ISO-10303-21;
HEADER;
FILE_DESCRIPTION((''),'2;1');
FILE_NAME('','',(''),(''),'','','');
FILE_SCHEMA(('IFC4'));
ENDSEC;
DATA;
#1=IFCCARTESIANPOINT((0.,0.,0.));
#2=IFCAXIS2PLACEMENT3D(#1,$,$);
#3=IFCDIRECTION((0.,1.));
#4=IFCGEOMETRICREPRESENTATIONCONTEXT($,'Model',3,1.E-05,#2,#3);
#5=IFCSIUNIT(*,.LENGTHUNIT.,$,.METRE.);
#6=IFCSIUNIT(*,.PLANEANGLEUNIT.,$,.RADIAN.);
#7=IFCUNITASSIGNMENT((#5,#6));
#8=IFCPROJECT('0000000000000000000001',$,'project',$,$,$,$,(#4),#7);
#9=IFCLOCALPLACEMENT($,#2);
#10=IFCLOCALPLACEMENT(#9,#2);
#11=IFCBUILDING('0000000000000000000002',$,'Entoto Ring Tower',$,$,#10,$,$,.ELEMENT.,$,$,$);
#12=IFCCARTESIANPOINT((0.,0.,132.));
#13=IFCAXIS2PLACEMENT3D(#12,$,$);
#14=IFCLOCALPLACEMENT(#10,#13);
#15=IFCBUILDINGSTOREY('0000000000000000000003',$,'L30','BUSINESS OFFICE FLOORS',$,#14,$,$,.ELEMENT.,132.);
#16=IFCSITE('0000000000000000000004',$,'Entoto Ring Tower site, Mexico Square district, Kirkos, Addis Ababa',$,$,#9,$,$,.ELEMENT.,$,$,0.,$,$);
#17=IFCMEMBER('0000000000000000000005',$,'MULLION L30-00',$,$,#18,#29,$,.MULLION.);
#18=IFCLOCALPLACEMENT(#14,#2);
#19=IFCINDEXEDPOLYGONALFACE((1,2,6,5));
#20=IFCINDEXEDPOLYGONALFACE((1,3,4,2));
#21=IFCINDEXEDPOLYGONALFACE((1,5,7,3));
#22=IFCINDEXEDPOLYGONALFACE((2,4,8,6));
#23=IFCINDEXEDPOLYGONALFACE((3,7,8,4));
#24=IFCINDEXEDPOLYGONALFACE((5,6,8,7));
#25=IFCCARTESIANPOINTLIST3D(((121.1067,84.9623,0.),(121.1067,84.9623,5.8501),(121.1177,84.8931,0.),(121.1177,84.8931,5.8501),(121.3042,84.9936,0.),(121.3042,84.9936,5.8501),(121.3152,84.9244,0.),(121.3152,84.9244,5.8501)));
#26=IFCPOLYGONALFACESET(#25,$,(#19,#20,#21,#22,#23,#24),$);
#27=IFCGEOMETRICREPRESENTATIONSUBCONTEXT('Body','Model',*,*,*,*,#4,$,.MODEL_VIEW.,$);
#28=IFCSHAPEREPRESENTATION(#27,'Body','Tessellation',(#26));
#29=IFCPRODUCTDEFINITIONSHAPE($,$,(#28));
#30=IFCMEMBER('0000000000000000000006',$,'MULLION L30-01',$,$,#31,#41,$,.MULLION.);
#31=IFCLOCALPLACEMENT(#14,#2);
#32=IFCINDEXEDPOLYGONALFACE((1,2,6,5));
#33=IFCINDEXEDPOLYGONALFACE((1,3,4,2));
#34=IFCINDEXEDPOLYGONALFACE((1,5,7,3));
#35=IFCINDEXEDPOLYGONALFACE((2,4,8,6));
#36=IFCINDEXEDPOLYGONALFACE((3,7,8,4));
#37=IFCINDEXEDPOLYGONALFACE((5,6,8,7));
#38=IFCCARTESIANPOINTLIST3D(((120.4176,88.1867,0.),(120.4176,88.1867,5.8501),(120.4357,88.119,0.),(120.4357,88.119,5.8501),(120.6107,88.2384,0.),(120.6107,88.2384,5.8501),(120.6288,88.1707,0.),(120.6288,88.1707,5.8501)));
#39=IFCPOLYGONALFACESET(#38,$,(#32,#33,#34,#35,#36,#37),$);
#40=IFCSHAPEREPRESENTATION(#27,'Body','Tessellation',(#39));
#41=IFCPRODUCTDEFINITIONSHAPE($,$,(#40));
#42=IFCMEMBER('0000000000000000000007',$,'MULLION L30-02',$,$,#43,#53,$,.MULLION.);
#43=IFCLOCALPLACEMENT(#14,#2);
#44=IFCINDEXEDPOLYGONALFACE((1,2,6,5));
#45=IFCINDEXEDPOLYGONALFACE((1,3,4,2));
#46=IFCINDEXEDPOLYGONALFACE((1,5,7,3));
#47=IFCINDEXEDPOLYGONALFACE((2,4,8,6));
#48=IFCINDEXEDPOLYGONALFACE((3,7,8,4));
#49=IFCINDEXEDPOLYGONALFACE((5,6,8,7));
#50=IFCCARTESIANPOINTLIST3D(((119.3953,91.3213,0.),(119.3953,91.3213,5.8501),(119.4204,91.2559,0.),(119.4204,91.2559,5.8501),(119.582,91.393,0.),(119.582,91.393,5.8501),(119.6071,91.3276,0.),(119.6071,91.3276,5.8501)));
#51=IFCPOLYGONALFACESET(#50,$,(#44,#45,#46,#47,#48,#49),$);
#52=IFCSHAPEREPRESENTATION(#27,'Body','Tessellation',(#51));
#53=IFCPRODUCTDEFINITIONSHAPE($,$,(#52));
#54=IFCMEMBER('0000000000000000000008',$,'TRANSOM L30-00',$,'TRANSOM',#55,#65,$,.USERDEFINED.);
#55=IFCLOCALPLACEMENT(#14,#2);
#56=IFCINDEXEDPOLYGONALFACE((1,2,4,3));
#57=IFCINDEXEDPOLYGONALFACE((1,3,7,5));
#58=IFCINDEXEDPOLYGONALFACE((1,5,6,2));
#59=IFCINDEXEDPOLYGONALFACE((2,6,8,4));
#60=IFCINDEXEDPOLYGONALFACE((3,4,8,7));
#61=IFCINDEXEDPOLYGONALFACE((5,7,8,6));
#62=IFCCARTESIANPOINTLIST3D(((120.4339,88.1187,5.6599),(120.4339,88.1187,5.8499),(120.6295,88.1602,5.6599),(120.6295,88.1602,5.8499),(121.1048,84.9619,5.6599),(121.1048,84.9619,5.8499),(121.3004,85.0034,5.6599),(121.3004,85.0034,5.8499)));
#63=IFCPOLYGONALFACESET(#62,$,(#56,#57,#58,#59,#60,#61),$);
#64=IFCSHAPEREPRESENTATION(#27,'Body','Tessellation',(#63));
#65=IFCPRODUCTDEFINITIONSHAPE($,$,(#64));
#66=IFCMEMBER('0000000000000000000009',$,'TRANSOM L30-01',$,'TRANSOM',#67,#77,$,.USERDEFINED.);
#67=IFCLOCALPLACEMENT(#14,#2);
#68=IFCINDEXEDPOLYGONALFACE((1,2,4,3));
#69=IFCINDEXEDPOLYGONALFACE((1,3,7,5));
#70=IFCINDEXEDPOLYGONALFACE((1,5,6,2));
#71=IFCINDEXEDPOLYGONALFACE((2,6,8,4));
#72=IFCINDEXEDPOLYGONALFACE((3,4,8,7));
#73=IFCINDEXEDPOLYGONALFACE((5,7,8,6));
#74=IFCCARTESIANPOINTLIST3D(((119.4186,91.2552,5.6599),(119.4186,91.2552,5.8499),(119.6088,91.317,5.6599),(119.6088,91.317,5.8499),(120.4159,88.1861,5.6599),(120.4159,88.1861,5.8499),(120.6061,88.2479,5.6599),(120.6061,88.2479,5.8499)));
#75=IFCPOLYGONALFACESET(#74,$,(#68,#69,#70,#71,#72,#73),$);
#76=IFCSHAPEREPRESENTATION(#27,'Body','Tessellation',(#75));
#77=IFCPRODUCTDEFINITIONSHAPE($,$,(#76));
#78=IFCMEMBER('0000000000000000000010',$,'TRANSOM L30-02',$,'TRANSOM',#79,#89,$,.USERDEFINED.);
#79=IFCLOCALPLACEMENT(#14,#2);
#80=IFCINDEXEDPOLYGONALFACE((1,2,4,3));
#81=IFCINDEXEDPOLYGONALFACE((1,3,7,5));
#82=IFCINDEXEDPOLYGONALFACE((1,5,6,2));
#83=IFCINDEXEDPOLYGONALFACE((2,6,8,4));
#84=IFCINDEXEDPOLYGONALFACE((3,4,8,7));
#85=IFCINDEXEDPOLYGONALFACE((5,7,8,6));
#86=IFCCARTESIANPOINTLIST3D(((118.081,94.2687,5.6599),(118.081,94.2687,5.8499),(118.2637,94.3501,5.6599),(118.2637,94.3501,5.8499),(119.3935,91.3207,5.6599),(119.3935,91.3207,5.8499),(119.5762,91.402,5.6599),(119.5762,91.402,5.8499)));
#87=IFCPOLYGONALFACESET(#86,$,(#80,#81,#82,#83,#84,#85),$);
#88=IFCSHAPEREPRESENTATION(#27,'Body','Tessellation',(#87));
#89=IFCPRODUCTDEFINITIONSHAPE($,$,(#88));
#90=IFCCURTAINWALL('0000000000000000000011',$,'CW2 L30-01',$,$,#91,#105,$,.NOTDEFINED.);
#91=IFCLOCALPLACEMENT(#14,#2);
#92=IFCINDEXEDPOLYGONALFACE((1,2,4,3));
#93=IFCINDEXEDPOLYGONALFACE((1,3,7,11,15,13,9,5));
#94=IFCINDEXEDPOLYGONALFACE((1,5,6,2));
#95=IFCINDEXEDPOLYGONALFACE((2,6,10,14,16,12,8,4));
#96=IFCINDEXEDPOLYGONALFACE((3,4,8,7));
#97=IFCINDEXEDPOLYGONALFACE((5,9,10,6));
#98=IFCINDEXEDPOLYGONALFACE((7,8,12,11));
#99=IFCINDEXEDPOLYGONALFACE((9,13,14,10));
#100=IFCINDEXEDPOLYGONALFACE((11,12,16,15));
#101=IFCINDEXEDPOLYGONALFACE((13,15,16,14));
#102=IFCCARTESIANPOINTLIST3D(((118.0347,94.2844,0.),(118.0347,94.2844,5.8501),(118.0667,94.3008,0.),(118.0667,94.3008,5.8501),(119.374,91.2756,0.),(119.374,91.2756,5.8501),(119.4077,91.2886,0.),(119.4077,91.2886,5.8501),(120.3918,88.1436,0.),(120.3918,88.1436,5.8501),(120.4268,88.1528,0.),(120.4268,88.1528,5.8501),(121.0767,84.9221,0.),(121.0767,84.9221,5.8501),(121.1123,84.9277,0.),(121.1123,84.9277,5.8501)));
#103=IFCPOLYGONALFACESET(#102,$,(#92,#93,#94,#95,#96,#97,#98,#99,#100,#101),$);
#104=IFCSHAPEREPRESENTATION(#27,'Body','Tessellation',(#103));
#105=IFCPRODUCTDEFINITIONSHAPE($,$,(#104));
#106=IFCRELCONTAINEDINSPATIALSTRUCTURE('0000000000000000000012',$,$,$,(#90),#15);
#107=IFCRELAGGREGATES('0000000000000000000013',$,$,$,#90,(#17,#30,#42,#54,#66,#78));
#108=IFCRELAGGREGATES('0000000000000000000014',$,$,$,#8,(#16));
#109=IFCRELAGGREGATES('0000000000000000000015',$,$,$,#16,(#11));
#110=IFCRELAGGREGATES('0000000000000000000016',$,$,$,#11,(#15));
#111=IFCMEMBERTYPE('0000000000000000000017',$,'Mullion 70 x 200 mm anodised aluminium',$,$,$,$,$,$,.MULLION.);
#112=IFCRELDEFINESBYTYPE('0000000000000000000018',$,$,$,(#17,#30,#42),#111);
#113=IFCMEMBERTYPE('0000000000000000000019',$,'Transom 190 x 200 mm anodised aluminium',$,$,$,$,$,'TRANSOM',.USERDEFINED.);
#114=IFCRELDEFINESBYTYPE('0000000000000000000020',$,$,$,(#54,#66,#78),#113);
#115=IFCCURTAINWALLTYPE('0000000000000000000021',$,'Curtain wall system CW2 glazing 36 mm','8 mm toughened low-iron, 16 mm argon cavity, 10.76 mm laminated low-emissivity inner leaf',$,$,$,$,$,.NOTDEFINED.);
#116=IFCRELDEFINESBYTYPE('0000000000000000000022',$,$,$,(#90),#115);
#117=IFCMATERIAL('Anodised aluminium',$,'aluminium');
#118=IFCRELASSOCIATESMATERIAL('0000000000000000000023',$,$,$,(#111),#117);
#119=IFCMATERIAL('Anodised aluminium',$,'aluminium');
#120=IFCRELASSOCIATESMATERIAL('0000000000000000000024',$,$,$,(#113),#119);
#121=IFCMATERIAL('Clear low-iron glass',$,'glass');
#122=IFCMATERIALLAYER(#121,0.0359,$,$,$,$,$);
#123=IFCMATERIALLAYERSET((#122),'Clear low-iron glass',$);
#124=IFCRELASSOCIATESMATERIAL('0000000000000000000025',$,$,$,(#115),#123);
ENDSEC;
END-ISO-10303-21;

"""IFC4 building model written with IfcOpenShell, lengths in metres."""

from ifc_helpers import new_model, si_unit, direction, frame, origin, origin_2d, place, context, subcontext, project, spatial, polyline, rectangle, outline, extrude, material, layer, layer_set, material_profile, profile_set, type_object, element, aggregate, save


model = new_model("IFC4")

# Units and contexts
model_context = context("Model", 3, precision=1e-05, world=origin(), true_north=direction((0.0, 1.0)))
body_context = subcontext(model_context, "Body", "Model", "MODEL_VIEW")
ifc_project = project(units=[si_unit("LENGTHUNIT", "METRE"), si_unit("PLANEANGLEUNIT", "RADIAN")], contexts=[model_context])

# Members
ifc_material_1 = material(Name="Anodised aluminium", Category="aluminium")
ifc_material_profile_1 = material_profile(ifc_material_1, rectangle(XDim=0.0701, YDim=0.2, at=origin_2d()), Name="Mullion 70 x 200 mm anodised aluminium")
ifc_profile_set_1 = profile_set([ifc_material_profile_1], Name="Anodised aluminium")
member_type_1 = type_object("IfcMemberType", Name="Mullion 70 x 200 mm anodised aluminium", PredefinedType="MULLION", material=ifc_profile_set_1)
site_placement = place(None, origin())
building_placement = place(site_placement, origin())
storey_placement = place(building_placement, frame((0.0, 0.0, 132.0)))
member_1_placement = place(storey_placement, frame((121.2109, 84.9434, 0.0), z_axis=(0.0, 0.0, 1.0), x_axis=(-0.156434, 0.987688, 0.0)))
member_1 = element("IfcMember", 1, at=member_1_placement, type_object=member_type_1, Name="MULLION L30-00", PredefinedType="MULLION", context=body_context, shape_type="SweptSolid", body=[
    extrude(rectangle(XDim=0.0701, YDim=0.2, at=origin_2d()), origin(), (0.0, 0.0, 1.0), 5.8501),
])
member_2_placement = place(storey_placement, frame((120.5232, 88.1787, 0.0), z_axis=(0.0, 0.0, 1.0), x_axis=(-0.258819, 0.965926, 0.0)))
member_2 = element("IfcMember", 2, at=member_2_placement, type_object=member_type_1, Name="MULLION L30-01", PredefinedType="MULLION", context=body_context, shape_type="SweptSolid", body=[
    extrude(rectangle(XDim=0.0701, YDim=0.2, at=origin_2d()), origin(), (0.0, 0.0, 1.0), 5.8501),
])
member_3_placement = place(storey_placement, frame((119.5012, 91.3245, 0.0), z_axis=(0.0, 0.0, 1.0), x_axis=(-0.358368, 0.93358, 0.0)))
member_3 = element("IfcMember", 3, at=member_3_placement, type_object=member_type_1, Name="MULLION L30-02", PredefinedType="MULLION", context=body_context, shape_type="SweptSolid", body=[
    extrude(rectangle(XDim=0.0701, YDim=0.2, at=origin_2d()), origin(), (0.0, 0.0, 1.0), 5.8501),
])
ifc_material_2 = material(Name="Anodised aluminium", Category="aluminium")
ifc_material_profile_2 = material_profile(ifc_material_2, rectangle(XDim=0.2, YDim=0.1899, at=origin_2d()), Name="Transom 190 x 200 mm anodised aluminium")
ifc_profile_set_2 = profile_set([ifc_material_profile_2], Name="Anodised aluminium")
member_type_2 = type_object("IfcMemberType", Name="Transom 190 x 200 mm anodised aluminium", ElementType="TRANSOM", PredefinedType="USERDEFINED", material=ifc_profile_set_2)
member_4_placement = place(storey_placement, frame((121.2026, 84.9827, 5.7549), z_axis=(-0.207886, 0.978153, 0.0), x_axis=(-0.978153, -0.207886, 0.0)))
member_4 = element("IfcMember", 4, at=member_4_placement, type_object=member_type_2, Name="TRANSOM L30-00", ObjectType="TRANSOM", PredefinedType="USERDEFINED", context=body_context, shape_type="SweptSolid", body=[
    extrude(rectangle(XDim=0.2, YDim=0.1899, at=origin_2d()), origin(), (0.0, 0.0, 1.0), 3.2273),
])
member_5_placement = place(storey_placement, frame((120.511, 88.217, 5.7549), z_axis=(-0.309047, 0.951047, 0.0), x_axis=(-0.951047, -0.309047, 0.0)))
member_5 = element("IfcMember", 5, at=member_5_placement, type_object=member_type_2, Name="TRANSOM L30-01", ObjectType="TRANSOM", PredefinedType="USERDEFINED", context=body_context, shape_type="SweptSolid", body=[
    extrude(rectangle(XDim=0.2, YDim=0.1899, at=origin_2d()), origin(), (0.0, 0.0, 1.0), 3.2271),
])
member_6_placement = place(storey_placement, frame((119.4849, 91.3613, 5.7549), z_axis=(-0.406728, 0.913549, 0.0), x_axis=(-0.913549, -0.406728, 0.0)))
member_6 = element("IfcMember", 6, at=member_6_placement, type_object=member_type_2, Name="TRANSOM L30-02", ObjectType="TRANSOM", PredefinedType="USERDEFINED", context=body_context, shape_type="SweptSolid", body=[
    extrude(rectangle(XDim=0.2, YDim=0.1899, at=origin_2d()), origin(), (0.0, 0.0, 1.0), 3.2271),
])

# Site, building, storey
site = spatial("IfcSite", under=ifc_project, at=site_placement, Name="Entoto Ring Tower site, Mexico Square district, Kirkos, Addis Ababa", CompositionType="ELEMENT", RefElevation=0.0)
building = spatial("IfcBuilding", under=site, at=building_placement, Name="Entoto Ring Tower", CompositionType="ELEMENT")
storey = spatial("IfcBuildingStorey", under=building, at=storey_placement, Name="L30", Description="BUSINESS OFFICE FLOORS", CompositionType="ELEMENT", Elevation=132.0)

# Curtain wall
ifc_material_3 = material(Name="Clear low-iron glass", Category="glass")
ifc_layer_1 = layer(ifc_material_3, 0.0359)
ifc_layer_set_1 = layer_set([ifc_layer_1], Name="Clear low-iron glass")
curtain_wall_type = type_object("IfcCurtainWallType", Name="Curtain wall system CW2 glazing 36 mm", Description="8 mm toughened low-iron, 16 mm argon cavity, 10.76 mm laminated low-emissivity inner leaf", PredefinedType="NOTDEFINED", material=ifc_layer_set_1)
curtain_wall_1_placement = place(storey_placement, origin())
curtain_wall_1 = element("IfcCurtainWall", 7, at=curtain_wall_1_placement, inside=storey, type_object=curtain_wall_type, Name="CW2 L30-01", PredefinedType="NOTDEFINED", context=body_context, shape_type="SweptSolid", body=[
    extrude(outline(polyline([(121.1123, 84.9277), (120.4268, 88.1528), (119.4077, 91.2886), (118.0667, 94.3008), (118.0347, 94.2844), (119.374, 91.2756), (120.3918, 88.1436), (121.0767, 84.9221), (121.1123, 84.9277)])), origin(), (0.0, 0.0, 1.0), 5.8501),
])
aggregate(curtain_wall_1, [member_1, member_2, member_3, member_4, member_5, member_6])

save(model, "model.ifc")
